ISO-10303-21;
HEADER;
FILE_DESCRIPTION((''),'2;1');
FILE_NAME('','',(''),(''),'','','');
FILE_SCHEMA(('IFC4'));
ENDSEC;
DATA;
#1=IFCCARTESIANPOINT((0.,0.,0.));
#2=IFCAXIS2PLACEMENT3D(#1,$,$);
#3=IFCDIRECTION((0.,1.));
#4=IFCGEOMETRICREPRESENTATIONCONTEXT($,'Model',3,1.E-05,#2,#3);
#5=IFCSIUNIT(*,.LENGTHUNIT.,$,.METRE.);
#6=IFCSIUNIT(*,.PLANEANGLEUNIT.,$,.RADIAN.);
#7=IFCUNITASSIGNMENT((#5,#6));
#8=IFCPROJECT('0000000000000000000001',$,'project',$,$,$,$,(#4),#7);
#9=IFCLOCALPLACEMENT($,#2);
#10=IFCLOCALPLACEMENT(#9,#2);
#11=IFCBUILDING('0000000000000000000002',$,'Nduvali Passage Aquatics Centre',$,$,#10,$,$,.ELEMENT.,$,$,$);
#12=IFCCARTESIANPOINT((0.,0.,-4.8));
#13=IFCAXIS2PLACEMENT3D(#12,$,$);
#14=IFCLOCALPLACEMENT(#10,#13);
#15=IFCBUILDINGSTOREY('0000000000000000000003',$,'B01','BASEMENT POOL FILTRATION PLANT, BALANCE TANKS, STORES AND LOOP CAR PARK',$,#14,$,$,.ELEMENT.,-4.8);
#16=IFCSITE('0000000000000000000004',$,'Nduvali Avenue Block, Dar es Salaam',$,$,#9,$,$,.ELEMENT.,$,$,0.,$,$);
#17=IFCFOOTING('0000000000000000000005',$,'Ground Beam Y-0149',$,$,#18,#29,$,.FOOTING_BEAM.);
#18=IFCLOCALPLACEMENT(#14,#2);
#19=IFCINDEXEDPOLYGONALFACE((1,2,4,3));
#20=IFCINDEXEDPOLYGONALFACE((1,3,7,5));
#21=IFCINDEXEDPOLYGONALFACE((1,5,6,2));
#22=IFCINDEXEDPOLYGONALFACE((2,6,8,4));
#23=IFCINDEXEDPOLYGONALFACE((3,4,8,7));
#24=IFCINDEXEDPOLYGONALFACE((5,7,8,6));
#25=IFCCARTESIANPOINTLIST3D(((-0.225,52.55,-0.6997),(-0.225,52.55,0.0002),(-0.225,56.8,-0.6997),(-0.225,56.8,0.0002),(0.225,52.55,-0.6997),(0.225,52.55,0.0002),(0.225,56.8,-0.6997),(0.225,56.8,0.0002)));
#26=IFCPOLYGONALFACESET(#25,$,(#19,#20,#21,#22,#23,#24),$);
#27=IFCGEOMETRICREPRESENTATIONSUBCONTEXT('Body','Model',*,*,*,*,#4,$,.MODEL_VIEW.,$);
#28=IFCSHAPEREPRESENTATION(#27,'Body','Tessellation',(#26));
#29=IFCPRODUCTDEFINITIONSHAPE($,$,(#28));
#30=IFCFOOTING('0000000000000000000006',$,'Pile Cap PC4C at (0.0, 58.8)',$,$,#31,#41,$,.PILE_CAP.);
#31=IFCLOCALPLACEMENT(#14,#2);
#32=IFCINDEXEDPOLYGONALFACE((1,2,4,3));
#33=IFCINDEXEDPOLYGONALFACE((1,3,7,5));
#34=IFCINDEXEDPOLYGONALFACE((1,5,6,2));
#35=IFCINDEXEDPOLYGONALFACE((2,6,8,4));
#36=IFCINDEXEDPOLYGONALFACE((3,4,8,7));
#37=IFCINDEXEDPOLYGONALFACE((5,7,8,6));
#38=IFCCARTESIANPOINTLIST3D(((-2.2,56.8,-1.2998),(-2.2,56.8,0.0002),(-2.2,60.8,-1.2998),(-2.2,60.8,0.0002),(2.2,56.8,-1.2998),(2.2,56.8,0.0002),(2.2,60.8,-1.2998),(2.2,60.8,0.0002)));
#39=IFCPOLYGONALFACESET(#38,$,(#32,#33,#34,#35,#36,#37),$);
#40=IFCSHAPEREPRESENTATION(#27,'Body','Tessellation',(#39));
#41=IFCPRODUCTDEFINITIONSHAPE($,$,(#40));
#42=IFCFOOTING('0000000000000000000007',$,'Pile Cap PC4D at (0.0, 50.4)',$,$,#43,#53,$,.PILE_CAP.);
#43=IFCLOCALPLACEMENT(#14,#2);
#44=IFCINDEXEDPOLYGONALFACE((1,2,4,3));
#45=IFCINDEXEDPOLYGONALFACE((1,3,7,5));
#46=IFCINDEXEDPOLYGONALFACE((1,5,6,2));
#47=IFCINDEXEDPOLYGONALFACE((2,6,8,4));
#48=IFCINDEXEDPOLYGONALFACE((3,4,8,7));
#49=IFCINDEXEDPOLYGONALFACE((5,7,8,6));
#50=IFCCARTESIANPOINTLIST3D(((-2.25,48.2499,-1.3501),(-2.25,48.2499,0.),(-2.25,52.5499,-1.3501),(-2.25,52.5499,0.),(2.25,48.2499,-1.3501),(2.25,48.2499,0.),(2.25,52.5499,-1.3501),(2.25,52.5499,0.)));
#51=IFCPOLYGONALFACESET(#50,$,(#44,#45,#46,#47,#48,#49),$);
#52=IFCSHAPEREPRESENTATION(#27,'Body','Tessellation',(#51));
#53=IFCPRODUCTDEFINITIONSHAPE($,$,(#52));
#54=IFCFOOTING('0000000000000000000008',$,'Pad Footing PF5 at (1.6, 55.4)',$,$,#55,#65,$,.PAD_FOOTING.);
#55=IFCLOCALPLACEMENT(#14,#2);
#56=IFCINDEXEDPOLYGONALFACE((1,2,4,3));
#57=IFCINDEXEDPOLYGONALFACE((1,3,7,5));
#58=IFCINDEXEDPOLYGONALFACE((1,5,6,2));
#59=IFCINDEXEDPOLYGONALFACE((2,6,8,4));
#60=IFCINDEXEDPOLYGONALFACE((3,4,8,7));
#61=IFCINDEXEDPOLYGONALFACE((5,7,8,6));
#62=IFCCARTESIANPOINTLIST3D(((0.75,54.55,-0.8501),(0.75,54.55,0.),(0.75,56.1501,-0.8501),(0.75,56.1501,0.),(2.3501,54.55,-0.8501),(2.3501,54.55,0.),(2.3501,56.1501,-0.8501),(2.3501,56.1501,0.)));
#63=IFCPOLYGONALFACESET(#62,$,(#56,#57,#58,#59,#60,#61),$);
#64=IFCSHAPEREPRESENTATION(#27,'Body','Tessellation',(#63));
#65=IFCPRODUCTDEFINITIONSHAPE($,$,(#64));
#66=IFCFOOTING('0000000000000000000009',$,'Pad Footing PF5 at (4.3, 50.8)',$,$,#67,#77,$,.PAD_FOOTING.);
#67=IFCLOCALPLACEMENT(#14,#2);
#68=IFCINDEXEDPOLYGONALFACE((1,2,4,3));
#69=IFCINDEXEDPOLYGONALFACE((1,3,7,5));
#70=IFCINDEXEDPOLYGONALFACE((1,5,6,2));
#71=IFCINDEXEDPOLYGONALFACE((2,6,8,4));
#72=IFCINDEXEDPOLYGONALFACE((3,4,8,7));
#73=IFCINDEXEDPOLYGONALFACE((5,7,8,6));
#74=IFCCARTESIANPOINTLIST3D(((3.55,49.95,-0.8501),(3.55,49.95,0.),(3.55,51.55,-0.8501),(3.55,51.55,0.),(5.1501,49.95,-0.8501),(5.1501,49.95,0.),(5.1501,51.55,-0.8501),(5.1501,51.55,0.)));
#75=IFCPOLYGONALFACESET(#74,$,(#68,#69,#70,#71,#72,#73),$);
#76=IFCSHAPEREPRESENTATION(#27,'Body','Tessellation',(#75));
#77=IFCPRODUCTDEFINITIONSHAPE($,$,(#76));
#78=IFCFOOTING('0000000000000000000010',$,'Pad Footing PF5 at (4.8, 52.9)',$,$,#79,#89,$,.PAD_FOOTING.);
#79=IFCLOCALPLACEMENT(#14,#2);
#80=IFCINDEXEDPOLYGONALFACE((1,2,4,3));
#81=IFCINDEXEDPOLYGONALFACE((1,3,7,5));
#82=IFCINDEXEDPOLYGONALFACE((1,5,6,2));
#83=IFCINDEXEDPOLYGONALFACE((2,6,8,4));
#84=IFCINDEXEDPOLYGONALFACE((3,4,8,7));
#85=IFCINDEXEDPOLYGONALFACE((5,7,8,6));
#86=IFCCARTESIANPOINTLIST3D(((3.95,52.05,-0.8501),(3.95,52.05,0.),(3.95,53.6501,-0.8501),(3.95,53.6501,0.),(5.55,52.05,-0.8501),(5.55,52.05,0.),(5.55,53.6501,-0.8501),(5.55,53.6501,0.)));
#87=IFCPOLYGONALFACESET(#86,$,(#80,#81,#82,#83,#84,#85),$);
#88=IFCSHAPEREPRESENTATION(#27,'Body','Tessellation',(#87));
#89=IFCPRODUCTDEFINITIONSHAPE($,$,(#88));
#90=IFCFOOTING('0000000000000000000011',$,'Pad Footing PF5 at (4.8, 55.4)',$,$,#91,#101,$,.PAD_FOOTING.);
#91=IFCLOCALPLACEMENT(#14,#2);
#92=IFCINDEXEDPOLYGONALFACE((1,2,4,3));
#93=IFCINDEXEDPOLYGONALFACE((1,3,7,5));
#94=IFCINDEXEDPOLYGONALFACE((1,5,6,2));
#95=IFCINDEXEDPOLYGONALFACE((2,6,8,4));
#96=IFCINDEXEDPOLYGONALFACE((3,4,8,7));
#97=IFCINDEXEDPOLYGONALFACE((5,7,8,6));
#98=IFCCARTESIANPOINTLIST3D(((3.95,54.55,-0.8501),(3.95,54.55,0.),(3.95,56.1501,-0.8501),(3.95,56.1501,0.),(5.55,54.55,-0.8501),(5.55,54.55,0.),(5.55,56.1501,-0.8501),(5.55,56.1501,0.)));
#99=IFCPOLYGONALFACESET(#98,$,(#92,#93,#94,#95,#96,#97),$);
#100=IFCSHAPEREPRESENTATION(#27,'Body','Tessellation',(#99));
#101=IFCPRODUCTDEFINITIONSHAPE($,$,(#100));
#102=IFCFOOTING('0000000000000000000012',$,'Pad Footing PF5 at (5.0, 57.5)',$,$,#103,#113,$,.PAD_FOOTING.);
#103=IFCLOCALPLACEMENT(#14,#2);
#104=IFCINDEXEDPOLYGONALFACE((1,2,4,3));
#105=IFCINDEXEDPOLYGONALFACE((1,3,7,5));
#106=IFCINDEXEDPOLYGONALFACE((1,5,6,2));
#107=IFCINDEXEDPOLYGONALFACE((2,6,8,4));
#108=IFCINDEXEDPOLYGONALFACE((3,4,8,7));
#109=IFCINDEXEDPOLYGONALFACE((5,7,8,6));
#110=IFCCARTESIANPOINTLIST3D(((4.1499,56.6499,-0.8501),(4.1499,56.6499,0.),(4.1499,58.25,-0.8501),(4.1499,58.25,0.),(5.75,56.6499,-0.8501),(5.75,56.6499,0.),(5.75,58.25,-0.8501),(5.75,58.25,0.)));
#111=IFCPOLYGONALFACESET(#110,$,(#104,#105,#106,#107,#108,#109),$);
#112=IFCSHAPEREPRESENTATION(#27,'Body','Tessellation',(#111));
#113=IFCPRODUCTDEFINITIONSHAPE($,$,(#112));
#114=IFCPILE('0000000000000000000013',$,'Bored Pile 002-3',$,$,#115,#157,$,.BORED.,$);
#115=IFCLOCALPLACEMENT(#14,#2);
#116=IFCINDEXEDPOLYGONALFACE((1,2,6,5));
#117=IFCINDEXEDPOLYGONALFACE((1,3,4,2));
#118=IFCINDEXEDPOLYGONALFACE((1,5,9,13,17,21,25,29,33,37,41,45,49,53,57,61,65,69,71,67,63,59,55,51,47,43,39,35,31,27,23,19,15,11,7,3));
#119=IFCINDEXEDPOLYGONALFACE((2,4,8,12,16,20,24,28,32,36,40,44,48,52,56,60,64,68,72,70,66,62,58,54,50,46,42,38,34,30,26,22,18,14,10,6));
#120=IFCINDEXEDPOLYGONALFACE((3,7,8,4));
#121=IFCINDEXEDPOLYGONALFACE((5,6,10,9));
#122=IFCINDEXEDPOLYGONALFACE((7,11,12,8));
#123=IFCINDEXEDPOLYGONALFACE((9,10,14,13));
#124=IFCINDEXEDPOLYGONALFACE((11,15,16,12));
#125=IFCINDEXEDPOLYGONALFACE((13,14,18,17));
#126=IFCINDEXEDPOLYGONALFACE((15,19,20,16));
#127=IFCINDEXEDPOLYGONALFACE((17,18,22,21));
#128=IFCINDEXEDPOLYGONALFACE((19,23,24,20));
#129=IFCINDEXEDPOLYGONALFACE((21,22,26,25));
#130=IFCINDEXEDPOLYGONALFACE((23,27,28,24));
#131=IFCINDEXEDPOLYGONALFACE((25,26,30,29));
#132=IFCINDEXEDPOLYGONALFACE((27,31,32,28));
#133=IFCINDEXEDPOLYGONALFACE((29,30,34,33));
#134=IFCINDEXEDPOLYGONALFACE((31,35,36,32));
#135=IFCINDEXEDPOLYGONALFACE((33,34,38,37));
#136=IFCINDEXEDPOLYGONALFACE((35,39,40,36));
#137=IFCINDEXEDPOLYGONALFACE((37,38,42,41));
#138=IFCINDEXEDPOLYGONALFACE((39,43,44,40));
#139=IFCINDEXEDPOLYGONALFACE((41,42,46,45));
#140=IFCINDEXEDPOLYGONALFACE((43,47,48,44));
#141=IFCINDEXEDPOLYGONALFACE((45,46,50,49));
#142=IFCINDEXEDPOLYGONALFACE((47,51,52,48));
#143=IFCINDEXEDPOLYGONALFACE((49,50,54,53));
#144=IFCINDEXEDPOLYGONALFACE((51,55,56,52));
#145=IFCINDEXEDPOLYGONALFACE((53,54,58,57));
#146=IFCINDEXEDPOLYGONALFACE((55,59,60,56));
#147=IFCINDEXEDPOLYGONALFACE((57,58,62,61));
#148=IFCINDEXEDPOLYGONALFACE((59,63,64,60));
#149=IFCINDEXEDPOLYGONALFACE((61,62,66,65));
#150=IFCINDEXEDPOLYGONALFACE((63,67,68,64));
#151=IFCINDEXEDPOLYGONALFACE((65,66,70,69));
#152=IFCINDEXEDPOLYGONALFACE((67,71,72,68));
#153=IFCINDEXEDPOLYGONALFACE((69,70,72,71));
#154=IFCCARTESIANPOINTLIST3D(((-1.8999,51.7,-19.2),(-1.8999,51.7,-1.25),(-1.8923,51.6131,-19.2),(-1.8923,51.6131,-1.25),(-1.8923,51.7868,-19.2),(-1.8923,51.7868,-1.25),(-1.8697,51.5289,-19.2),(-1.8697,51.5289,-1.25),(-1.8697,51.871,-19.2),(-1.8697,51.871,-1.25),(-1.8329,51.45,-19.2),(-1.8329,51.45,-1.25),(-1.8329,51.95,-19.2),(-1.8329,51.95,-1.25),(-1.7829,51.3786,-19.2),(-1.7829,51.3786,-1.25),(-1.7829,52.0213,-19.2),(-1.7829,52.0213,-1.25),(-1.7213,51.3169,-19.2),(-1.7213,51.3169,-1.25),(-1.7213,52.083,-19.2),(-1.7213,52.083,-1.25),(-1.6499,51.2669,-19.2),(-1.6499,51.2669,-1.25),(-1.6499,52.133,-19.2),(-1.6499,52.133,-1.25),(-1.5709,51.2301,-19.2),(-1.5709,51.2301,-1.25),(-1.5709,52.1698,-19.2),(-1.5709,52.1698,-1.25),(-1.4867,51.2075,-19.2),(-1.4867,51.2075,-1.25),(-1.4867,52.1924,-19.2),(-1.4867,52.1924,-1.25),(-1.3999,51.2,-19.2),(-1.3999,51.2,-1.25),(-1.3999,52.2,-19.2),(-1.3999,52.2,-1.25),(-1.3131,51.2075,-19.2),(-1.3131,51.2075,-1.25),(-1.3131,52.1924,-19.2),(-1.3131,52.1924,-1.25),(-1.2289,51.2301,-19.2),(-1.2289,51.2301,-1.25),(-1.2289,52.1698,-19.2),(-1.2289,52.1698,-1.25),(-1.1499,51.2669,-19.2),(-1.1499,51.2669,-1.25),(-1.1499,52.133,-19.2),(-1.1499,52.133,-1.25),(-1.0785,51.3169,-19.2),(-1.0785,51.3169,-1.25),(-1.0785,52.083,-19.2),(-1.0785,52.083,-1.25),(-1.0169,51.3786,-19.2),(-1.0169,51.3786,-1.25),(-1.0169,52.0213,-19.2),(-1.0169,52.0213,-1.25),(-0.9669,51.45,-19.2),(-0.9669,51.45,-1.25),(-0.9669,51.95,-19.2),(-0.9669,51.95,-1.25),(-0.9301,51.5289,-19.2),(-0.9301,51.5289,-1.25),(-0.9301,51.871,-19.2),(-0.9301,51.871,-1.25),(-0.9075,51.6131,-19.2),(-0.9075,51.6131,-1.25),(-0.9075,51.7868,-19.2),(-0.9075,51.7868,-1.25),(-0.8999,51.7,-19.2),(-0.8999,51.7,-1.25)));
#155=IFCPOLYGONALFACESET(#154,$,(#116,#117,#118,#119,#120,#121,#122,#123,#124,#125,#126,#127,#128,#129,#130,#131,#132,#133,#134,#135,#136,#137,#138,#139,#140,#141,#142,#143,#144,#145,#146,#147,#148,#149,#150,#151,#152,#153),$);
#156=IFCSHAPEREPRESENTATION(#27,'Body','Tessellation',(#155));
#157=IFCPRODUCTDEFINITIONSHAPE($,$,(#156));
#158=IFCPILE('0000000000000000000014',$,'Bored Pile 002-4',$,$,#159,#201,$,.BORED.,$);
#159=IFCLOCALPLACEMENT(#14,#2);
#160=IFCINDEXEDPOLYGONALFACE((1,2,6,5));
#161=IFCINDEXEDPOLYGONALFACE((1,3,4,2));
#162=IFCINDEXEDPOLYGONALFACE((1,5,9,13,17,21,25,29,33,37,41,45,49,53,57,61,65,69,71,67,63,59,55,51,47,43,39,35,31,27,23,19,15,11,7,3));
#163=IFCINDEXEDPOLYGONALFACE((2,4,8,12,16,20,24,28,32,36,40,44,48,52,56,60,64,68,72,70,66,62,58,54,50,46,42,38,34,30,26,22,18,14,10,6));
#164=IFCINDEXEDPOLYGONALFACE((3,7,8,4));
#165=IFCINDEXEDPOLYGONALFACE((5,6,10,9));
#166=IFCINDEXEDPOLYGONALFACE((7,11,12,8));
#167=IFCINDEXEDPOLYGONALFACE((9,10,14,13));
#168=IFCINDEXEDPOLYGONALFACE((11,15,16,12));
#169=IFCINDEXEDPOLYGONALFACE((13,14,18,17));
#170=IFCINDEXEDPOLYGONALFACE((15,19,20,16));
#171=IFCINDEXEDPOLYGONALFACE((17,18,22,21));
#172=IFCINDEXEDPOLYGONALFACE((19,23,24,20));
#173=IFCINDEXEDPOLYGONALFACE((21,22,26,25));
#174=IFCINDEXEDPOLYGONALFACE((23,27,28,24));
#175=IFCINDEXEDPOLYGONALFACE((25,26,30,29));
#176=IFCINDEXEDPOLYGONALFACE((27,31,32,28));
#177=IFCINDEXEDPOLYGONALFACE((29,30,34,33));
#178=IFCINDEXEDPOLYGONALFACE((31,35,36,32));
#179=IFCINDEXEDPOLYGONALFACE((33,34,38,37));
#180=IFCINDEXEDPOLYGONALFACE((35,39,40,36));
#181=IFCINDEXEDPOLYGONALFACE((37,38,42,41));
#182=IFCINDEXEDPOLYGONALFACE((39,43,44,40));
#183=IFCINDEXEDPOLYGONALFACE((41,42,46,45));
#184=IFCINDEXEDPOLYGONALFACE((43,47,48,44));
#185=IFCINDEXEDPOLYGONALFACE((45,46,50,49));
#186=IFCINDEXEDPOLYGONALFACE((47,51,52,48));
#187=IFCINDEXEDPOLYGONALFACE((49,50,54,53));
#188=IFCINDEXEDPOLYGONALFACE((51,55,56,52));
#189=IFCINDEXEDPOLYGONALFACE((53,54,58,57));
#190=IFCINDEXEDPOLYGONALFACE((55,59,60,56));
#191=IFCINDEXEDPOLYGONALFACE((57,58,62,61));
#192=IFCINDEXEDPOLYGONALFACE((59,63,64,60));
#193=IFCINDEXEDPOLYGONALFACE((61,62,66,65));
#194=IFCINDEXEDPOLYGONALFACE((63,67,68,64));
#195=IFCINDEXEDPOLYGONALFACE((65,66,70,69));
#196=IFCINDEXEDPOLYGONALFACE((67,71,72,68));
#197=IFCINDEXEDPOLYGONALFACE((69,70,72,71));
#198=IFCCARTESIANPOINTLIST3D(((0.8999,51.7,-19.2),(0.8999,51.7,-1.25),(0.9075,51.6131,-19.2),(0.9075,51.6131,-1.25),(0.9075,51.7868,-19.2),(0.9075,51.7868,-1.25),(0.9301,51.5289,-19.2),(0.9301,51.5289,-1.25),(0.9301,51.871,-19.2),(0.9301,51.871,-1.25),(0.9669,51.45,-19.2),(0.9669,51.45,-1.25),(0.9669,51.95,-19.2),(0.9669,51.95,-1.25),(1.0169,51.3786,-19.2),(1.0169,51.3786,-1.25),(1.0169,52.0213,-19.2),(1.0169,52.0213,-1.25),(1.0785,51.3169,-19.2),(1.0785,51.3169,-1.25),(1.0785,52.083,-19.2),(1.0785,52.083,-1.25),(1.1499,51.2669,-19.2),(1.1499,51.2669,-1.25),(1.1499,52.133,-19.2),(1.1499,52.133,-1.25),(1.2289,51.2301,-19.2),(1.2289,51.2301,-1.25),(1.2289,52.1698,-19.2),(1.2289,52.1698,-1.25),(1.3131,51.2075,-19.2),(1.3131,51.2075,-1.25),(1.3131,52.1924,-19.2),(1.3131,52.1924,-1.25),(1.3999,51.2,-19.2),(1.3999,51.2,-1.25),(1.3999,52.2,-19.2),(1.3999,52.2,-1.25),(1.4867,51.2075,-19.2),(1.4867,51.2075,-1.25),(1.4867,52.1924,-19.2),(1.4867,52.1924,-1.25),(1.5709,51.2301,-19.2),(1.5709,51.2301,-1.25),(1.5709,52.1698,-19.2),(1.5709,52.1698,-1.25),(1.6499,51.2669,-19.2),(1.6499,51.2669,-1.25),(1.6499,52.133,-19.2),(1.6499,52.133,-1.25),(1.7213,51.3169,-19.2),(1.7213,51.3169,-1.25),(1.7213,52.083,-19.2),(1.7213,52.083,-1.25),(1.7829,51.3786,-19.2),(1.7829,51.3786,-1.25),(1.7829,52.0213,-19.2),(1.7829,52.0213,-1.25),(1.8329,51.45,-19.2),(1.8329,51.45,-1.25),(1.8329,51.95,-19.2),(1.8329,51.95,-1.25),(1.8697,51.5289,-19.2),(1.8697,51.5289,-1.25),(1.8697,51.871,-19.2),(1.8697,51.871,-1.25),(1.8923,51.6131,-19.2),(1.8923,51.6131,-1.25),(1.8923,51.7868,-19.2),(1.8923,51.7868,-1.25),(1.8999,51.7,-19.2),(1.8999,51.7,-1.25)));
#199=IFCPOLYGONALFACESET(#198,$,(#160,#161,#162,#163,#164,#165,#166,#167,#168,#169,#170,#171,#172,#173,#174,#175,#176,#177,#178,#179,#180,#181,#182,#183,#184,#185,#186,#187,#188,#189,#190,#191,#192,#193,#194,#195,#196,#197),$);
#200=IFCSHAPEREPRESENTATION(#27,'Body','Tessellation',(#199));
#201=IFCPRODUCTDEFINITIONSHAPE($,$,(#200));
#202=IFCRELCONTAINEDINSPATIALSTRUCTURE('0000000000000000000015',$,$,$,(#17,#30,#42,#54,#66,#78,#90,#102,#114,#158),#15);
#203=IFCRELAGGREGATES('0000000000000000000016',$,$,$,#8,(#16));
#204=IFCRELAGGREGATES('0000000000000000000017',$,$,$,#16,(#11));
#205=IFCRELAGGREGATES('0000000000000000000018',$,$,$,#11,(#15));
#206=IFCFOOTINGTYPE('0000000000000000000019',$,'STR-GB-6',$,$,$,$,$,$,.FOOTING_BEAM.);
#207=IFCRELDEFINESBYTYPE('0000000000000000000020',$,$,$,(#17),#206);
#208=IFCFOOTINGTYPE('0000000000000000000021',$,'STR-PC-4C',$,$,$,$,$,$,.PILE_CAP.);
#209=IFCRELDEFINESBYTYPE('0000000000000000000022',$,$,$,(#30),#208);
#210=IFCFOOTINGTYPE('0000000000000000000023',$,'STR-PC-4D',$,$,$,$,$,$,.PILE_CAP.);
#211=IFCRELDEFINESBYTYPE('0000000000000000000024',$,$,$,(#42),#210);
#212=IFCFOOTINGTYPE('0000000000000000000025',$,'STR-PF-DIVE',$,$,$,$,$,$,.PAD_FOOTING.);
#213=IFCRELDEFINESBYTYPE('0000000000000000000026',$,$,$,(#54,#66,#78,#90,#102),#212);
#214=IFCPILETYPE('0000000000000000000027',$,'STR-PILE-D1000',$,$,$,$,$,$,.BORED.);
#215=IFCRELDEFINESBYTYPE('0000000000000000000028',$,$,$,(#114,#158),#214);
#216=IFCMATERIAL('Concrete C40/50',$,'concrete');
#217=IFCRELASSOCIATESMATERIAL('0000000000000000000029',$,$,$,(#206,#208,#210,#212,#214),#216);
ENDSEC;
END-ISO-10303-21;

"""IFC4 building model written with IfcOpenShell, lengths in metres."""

from ifc_helpers import new_model, si_unit, direction, frame, origin, origin_2d, place, context, subcontext, project, spatial, rectangle, circle, extrude, material, material_profile, profile_set, type_object, element, save


model = new_model("IFC4")

# Units and contexts
model_context = context("Model", 3, precision=1e-05, world=origin(), true_north=direction((0.0, 1.0)))
body_context = subcontext(model_context, "Body", "Model", "MODEL_VIEW")
ifc_project = project(units=[si_unit("LENGTHUNIT", "METRE"), si_unit("PLANEANGLEUNIT", "RADIAN")], contexts=[model_context])

# Site, building, storey
site_placement = place(None, origin())
site = spatial("IfcSite", under=ifc_project, at=site_placement, Name="Nduvali Avenue Block, Dar es Salaam", CompositionType="ELEMENT", RefElevation=0.0)
building_placement = place(site_placement, origin())
building = spatial("IfcBuilding", under=site, at=building_placement, Name="Nduvali Passage Aquatics Centre", CompositionType="ELEMENT")
storey_placement = place(building_placement, frame((0.0, 0.0, -4.8)))
storey = spatial("IfcBuildingStorey", under=building, at=storey_placement, Name="B01", Description="BASEMENT POOL FILTRATION PLANT, BALANCE TANKS, STORES AND LOOP CAR PARK", CompositionType="ELEMENT", Elevation=-4.8)

# Footings
ifc_material = material(Name="Concrete C40/50", Category="concrete")
footing_type_1 = type_object("IfcFootingType", Name="STR-GB-6", PredefinedType="FOOTING_BEAM", material=ifc_material)
footing_1_placement = place(storey_placement, frame((0.0, 54.675, -0.6997), z_axis=(0.0, 0.0, 1.0), x_axis=(0.0, 1.0, 0.0)))
element("IfcFooting", 1, at=footing_1_placement, inside=storey, type_object=footing_type_1, Name="Ground Beam Y-0149", PredefinedType="FOOTING_BEAM", context=body_context, shape_type="SweptSolid", body=[
    extrude(rectangle(XDim=4.25, YDim=0.45, at=origin_2d()), origin(), (0.0, 0.0, 1.0), 0.7),
])
footing_type_2 = type_object("IfcFootingType", Name="STR-PC-4C", PredefinedType="PILE_CAP", material=ifc_material)
footing_2_placement = place(storey_placement, frame((0.0, 58.8, -1.2998), z_axis=(0.0, 0.0, 1.0), x_axis=(1.0, 0.0, 0.0)))
element("IfcFooting", 2, at=footing_2_placement, inside=storey, type_object=footing_type_2, Name="Pile Cap PC4C at (0.0, 58.8)", PredefinedType="PILE_CAP", context=body_context, shape_type="SweptSolid", body=[
    extrude(rectangle(XDim=4.3999, YDim=4.0, at=origin_2d()), origin(), (0.0, 0.0, 1.0), 1.3),
])
footing_type_3 = type_object("IfcFootingType", Name="STR-PC-4D", PredefinedType="PILE_CAP", material=ifc_material)
footing_3_placement = place(storey_placement, frame((0.0, 50.3999, -1.3501), z_axis=(0.0, 0.0, 1.0), x_axis=(1.0, 0.0, 0.0)))
element("IfcFooting", 3, at=footing_3_placement, inside=storey, type_object=footing_type_3, Name="Pile Cap PC4D at (0.0, 50.4)", PredefinedType="PILE_CAP", context=body_context, shape_type="SweptSolid", body=[
    extrude(rectangle(XDim=4.5, YDim=4.3, at=origin_2d()), origin(), (0.0, 0.0, 1.0), 1.3501),
])
footing_type_4 = type_object("IfcFootingType", Name="STR-PF-DIVE", PredefinedType="PAD_FOOTING", material=ifc_material)
for number, where, z_axis, x_axis, name in (
    (4, (1.55, 55.3501, -0.8501), (0.0, 0.0, 1.0), (1.0, 0.0, 0.0), "Pad Footing PF5 at (1.6, 55.4)"),
    (5, (4.3501, 50.75, -0.8501), (0.0, 0.0, 1.0), (1.0, 0.0, 0.0), "Pad Footing PF5 at (4.3, 50.8)"),
    (6, (4.75, 52.8501, -0.8501), (0.0, 0.0, 1.0), (1.0, 0.0, 0.0), "Pad Footing PF5 at (4.8, 52.9)"),
    (7, (4.75, 55.3501, -0.8501), (0.0, 0.0, 1.0), (1.0, 0.0, 0.0), "Pad Footing PF5 at (4.8, 55.4)"),
    (8, (4.95, 57.45, -0.8501), (0.0, 0.0, 1.0), (1.0, 0.0, 0.0), "Pad Footing PF5 at (5.0, 57.5)"),
):
    element("IfcFooting", number, at=place(storey_placement, frame(where, z_axis=z_axis, x_axis=x_axis)), inside=storey, type_object=footing_type_4, Name=name, PredefinedType="PAD_FOOTING", context=body_context, shape_type="SweptSolid", body=[
        extrude(rectangle(XDim=1.6001, YDim=1.6001, at=origin_2d()), origin(), (0.0, 0.0, 1.0), 0.8501),
    ])

# Piles
ifc_material_profile_1 = material_profile(ifc_material, circle(Radius=0.5, at=origin_2d()), Name="PILE D1000")
ifc_profile_set_1 = profile_set([ifc_material_profile_1], Name="Concrete C40/50")
pile_type = type_object("IfcPileType", Name="STR-PILE-D1000", PredefinedType="BORED", material=ifc_profile_set_1)
for number, where, z_axis, x_axis, name in (
    (9, (-1.3999, 51.7, -1.25), (0.0, 0.0, -1.0), (1.0, 0.0, 0.0), "Bored Pile 002-3"),
    (10, (1.3999, 51.7, -1.25), (0.0, 0.0, -1.0), (1.0, 0.0, 0.0), "Bored Pile 002-4"),
):
    element("IfcPile", number, at=place(storey_placement, frame(where, z_axis=z_axis, x_axis=x_axis)), inside=storey, type_object=pile_type, Name=name, PredefinedType="BORED", context=body_context, shape_type="SweptSolid", body=[
        extrude(circle(Radius=0.5, at=origin_2d()), origin(), (0.0, 0.0, 1.0), 17.95),
    ])

save(model, "model.ifc")
